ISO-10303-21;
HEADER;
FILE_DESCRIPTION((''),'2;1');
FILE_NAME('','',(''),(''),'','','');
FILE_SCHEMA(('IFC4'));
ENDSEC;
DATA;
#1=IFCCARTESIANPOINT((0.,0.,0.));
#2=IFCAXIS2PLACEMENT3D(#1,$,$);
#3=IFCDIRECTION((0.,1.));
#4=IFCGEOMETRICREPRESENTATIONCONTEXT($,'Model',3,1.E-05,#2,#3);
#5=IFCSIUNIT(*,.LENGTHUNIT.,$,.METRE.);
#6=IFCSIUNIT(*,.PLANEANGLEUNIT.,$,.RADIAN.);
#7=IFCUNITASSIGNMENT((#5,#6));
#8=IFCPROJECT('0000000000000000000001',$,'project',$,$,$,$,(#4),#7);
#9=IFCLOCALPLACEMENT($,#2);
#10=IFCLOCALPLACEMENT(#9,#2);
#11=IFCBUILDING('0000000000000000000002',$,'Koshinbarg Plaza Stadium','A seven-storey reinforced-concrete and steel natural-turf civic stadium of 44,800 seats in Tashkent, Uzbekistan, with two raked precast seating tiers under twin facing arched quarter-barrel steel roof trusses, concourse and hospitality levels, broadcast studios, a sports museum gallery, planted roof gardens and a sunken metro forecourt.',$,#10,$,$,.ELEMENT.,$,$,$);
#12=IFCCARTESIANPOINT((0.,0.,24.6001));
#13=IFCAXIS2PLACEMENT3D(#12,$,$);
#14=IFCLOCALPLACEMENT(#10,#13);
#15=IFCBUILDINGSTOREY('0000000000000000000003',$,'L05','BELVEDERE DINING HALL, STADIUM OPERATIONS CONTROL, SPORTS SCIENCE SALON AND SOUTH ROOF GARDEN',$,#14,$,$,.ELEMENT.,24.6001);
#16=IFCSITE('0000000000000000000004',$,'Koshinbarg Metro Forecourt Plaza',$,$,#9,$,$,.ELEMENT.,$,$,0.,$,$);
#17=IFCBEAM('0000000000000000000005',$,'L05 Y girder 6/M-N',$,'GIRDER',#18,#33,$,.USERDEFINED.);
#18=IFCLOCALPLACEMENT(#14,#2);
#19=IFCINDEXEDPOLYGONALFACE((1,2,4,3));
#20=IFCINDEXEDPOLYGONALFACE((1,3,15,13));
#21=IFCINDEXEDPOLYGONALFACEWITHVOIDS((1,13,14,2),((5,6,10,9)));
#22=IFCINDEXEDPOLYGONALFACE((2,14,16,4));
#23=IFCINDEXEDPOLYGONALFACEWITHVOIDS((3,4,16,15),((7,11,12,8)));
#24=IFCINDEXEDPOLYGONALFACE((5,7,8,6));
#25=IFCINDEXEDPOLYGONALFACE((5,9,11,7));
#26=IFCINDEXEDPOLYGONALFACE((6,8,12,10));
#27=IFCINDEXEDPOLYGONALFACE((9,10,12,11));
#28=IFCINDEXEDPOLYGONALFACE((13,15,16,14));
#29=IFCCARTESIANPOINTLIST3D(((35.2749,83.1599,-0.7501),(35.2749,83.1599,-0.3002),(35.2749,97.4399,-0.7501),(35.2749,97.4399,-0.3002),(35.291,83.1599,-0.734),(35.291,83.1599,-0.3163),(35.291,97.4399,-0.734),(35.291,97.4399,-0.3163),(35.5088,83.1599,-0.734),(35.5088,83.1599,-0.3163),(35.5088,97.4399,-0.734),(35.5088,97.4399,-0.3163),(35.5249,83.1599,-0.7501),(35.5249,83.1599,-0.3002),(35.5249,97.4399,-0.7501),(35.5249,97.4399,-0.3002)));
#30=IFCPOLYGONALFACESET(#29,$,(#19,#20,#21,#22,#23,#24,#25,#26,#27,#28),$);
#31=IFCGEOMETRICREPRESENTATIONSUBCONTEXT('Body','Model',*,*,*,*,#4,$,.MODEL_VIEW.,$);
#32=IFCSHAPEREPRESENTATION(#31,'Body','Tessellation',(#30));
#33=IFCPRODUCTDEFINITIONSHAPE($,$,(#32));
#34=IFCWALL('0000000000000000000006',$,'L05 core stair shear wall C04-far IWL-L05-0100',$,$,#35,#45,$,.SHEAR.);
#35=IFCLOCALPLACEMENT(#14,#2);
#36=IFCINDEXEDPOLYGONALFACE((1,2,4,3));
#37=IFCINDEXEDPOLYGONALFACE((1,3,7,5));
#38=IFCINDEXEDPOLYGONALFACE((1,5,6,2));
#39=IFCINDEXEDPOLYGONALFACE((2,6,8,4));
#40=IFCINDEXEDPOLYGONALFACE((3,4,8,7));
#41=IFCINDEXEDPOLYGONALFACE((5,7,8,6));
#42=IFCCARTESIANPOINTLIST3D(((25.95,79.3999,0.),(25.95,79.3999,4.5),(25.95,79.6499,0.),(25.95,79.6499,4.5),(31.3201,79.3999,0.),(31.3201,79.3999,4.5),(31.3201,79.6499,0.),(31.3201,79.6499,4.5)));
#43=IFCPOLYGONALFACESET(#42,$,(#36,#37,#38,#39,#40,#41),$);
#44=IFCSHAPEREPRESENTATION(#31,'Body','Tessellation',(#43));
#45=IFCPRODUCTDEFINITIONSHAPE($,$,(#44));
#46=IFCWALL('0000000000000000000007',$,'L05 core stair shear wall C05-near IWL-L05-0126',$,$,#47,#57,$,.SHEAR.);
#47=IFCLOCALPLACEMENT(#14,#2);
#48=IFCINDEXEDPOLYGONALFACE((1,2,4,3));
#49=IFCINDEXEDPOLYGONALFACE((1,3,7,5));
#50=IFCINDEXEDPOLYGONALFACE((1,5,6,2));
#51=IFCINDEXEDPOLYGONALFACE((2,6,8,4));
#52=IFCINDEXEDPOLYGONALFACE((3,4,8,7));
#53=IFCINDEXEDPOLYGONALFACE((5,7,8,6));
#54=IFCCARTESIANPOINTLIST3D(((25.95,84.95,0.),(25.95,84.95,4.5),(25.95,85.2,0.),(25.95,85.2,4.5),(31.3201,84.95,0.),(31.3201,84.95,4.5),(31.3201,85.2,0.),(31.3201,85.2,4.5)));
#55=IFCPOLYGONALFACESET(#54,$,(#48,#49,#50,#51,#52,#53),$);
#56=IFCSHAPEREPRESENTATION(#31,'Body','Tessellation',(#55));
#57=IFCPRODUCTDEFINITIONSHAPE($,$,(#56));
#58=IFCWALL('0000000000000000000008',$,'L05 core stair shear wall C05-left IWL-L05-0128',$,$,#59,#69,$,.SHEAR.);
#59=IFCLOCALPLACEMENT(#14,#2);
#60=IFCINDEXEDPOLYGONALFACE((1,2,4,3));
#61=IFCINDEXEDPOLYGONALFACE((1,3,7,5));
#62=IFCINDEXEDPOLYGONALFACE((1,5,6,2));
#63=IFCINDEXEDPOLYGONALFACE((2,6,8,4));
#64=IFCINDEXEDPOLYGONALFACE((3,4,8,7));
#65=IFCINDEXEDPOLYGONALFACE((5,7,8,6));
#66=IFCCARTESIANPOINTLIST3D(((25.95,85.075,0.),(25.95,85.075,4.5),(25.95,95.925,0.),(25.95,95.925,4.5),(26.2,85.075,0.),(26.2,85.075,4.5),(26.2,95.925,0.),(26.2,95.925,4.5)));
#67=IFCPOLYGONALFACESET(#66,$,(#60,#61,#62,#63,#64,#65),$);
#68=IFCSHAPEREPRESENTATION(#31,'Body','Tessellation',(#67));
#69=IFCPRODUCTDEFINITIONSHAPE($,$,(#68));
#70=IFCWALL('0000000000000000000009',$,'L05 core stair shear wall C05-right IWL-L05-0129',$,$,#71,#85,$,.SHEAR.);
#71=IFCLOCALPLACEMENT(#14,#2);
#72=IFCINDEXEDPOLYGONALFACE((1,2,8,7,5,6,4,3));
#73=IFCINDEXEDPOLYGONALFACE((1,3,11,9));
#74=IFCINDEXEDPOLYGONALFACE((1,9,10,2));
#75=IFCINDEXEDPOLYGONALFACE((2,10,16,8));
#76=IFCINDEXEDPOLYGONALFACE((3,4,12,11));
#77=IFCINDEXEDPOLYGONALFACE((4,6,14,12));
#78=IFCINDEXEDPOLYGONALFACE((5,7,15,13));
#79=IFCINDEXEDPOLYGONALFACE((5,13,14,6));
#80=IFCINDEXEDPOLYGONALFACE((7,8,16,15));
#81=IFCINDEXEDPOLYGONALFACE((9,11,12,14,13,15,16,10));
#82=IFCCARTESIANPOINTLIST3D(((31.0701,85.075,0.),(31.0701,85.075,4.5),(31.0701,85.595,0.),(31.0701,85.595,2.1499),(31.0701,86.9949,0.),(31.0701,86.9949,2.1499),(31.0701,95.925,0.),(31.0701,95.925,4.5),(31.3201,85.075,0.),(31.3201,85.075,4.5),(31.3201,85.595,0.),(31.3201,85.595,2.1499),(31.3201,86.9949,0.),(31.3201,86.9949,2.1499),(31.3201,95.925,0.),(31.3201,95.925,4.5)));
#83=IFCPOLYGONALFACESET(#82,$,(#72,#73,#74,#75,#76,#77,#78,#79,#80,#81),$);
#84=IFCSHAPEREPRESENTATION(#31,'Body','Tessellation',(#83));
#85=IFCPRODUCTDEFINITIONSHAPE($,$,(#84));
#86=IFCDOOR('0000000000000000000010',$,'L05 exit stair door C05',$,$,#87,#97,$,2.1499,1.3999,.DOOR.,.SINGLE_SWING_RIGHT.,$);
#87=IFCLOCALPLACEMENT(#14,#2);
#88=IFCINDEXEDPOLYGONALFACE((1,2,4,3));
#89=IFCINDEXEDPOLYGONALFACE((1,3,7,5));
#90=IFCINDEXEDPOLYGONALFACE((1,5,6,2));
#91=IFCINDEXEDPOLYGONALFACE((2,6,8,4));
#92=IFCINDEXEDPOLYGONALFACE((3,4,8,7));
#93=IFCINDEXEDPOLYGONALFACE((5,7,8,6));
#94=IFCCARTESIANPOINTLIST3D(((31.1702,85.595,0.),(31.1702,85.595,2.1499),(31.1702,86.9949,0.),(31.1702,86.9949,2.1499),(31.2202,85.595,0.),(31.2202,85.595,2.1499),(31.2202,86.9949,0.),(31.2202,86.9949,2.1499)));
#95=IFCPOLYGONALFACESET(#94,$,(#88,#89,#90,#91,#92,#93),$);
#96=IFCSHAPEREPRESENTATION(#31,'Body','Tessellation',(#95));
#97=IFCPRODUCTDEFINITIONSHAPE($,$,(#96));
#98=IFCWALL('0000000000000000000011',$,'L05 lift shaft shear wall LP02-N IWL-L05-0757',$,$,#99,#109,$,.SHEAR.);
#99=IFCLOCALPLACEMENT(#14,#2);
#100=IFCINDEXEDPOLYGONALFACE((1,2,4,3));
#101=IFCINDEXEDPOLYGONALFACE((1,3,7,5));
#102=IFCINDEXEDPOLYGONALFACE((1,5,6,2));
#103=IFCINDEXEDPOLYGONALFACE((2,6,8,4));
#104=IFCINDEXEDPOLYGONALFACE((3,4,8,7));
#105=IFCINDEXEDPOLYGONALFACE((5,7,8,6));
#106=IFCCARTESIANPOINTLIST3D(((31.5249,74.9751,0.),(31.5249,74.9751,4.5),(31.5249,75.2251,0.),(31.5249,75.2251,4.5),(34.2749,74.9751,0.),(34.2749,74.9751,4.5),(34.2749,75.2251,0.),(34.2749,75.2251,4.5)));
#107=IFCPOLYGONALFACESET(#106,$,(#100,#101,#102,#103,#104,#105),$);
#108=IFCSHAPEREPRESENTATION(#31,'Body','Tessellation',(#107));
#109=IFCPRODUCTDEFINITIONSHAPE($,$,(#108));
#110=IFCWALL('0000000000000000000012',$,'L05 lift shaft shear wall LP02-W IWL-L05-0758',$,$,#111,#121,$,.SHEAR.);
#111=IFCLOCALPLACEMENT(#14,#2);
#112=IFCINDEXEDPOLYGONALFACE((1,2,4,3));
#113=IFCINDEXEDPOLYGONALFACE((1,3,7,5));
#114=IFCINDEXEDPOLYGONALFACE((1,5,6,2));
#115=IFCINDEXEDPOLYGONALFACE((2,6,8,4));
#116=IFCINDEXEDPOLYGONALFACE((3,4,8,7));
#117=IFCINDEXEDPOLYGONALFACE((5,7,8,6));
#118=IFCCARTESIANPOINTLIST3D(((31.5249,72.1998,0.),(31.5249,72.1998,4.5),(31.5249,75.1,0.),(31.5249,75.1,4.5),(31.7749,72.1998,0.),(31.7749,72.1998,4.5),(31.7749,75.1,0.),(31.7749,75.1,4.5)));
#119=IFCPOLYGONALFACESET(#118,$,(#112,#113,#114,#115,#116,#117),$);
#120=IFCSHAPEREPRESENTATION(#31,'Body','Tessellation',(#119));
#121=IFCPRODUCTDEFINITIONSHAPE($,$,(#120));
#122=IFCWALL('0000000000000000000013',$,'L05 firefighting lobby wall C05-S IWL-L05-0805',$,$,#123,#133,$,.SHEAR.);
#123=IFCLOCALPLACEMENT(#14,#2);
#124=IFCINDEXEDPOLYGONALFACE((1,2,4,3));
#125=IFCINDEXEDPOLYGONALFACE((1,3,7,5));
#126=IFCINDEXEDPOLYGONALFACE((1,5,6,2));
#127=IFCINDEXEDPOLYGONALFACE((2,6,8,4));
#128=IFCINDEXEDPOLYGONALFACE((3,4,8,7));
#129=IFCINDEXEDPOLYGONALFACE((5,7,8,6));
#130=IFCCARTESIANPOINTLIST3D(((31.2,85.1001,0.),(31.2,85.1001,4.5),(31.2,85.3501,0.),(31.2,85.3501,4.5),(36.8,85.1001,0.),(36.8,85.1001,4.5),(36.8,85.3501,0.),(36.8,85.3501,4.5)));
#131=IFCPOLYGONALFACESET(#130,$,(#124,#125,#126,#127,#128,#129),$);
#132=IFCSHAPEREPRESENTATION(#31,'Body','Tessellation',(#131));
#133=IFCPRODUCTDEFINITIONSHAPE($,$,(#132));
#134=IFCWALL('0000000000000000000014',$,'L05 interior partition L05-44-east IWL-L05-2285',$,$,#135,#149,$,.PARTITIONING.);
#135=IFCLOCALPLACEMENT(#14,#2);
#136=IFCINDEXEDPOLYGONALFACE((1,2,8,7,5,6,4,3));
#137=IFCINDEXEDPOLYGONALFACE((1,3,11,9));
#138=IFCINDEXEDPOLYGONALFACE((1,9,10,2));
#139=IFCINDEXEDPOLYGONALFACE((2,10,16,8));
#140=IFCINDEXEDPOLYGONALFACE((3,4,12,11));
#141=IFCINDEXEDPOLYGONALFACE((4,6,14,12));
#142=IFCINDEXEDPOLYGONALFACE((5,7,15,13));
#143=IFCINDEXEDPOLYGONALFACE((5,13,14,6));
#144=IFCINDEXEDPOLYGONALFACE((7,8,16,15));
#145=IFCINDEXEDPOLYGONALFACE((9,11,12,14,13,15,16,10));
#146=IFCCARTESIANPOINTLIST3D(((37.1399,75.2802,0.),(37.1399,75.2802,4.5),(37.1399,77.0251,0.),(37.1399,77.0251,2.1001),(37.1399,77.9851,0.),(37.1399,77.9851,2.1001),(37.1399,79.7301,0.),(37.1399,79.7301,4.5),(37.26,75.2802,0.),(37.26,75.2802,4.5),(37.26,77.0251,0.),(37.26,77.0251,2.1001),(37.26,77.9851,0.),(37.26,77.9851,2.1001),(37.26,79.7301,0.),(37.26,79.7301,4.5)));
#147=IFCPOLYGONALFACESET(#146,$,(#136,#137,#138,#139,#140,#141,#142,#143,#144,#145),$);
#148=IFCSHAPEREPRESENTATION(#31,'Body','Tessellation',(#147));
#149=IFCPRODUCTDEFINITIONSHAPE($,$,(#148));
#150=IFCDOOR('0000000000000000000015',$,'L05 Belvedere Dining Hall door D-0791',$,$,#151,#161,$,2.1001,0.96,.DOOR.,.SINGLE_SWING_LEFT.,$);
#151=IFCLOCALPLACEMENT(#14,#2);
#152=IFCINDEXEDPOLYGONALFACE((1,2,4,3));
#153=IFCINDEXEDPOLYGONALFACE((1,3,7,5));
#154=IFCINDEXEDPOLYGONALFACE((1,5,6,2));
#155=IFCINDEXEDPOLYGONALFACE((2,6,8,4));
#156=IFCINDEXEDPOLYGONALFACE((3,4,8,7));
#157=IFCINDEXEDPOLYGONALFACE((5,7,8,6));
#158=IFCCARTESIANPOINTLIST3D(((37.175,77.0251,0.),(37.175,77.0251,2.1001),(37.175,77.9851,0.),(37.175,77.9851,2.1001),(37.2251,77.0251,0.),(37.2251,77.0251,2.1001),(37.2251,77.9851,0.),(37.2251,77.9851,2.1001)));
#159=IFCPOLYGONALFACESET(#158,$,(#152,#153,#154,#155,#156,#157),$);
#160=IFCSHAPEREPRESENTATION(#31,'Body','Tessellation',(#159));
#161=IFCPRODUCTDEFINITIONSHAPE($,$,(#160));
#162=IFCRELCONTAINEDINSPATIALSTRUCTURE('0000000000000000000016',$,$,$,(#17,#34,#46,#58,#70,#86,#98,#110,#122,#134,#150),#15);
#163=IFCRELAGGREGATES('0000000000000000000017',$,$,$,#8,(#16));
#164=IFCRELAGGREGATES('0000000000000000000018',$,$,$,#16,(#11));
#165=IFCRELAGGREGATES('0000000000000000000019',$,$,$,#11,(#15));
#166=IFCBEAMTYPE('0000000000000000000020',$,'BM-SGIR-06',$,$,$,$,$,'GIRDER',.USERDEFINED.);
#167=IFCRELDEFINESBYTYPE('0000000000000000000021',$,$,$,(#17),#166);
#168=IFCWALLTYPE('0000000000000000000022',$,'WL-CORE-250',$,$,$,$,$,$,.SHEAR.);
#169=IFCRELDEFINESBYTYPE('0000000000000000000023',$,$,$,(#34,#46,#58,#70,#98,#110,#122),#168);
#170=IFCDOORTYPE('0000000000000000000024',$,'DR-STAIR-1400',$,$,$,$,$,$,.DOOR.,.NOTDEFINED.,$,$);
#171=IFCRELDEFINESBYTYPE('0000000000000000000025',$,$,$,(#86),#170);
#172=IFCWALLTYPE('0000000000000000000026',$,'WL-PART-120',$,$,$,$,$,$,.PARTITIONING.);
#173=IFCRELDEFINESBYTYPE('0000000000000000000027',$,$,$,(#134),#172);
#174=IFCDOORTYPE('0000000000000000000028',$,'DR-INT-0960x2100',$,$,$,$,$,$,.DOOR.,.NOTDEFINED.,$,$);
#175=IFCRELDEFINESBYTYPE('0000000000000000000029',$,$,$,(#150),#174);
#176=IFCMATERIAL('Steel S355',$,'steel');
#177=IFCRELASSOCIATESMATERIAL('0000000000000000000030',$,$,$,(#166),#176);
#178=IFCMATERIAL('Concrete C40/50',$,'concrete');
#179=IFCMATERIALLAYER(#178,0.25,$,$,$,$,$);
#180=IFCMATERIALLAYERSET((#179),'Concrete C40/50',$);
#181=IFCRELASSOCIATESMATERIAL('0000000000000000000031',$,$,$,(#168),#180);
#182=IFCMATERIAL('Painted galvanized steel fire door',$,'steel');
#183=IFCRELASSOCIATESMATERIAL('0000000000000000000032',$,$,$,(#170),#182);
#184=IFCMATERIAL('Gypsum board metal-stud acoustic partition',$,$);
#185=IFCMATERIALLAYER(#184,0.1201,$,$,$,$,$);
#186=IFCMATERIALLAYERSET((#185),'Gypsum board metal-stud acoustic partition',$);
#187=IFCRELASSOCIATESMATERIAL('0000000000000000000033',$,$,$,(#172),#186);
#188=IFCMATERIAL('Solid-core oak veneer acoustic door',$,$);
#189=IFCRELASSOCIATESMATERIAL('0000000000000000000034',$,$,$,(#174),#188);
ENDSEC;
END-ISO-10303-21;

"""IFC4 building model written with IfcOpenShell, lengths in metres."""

from ifc_helpers import new_model, si_unit, direction, frame, frame_2d, origin, origin_2d, place, context, subcontext, project, spatial, rectangle, hollow_rectangle, extrude, material, layer, layer_set, material_profile, profile_set, type_object, element, fill, save


model = new_model("IFC4")

# Units and contexts
model_context = context("Model", 3, precision=1e-05, world=origin(), true_north=direction((0.0, 1.0)))
body_context = subcontext(model_context, "Body", "Model", "MODEL_VIEW")
ifc_project = project(units=[si_unit("LENGTHUNIT", "METRE"), si_unit("PLANEANGLEUNIT", "RADIAN")], contexts=[model_context])

# Site, building, storey
site_placement = place(None, origin())
site = spatial("IfcSite", under=ifc_project, at=site_placement, Name="Koshinbarg Metro Forecourt Plaza", CompositionType="ELEMENT", RefElevation=0.0)
building_placement = place(site_placement, origin())
building = spatial("IfcBuilding", under=site, at=building_placement, Name="Koshinbarg Plaza Stadium", Description="A seven-storey reinforced-concrete and steel natural-turf civic stadium of 44,800 seats in Tashkent, Uzbekistan, with two raked precast seating tiers under twin facing arched quarter-barrel steel roof trusses, concourse and hospitality levels, broadcast studios, a sports museum gallery, planted roof gardens and a sunken metro forecourt.", CompositionType="ELEMENT")
storey_placement = place(building_placement, frame((0.0, 0.0, 24.6001)))
storey = spatial("IfcBuildingStorey", under=building, at=storey_placement, Name="L05", Description="BELVEDERE DINING HALL, STADIUM OPERATIONS CONTROL, SPORTS SCIENCE SALON AND SOUTH ROOF GARDEN", CompositionType="ELEMENT", Elevation=24.6001)

# Shared definitions
ifc_material_1 = material(Name="Steel S355", Category="steel")

# Beam
ifc_material_profile_1 = material_profile(ifc_material_1, hollow_rectangle(XDim=0.25, YDim=0.45, WallThickness=0.0161, at=origin_2d()), Name="RHS 450x250x16")
ifc_profile_set_1 = profile_set([ifc_material_profile_1], Name="Steel S355")
beam_type_1 = type_object("IfcBeamType", Name="BM-SGIR-06", ElementType="GIRDER", PredefinedType="USERDEFINED", material=ifc_profile_set_1)
beam_1_placement = place(storey_placement, frame((35.3999, 83.1599, -0.5251), z_axis=(0.0, 1.0, 0.0), x_axis=(-1.0, 0.0, 0.0)))
element("IfcBeam", 1, at=beam_1_placement, inside=storey, type_object=beam_type_1, Name="L05 Y girder 6/M-N", ObjectType="GIRDER", PredefinedType="USERDEFINED", context=body_context, shape_type="SweptSolid", body=[
    extrude(hollow_rectangle(XDim=0.25, YDim=0.45, WallThickness=0.0161, at=origin_2d()), origin(), (0.0, 0.0, 1.0), 14.28),
])

# Walls
ifc_material_2 = material(Name="Concrete C40/50", Category="concrete")
ifc_layer_1 = layer(ifc_material_2, 0.25)
ifc_layer_set_1 = layer_set([ifc_layer_1], Name="Concrete C40/50")
wall_type_1 = type_object("IfcWallType", Name="WL-CORE-250", PredefinedType="SHEAR", material=ifc_layer_set_1)
for number, where, z_axis, x_axis, name in (
    (2, (31.3201, 79.5249, 0.0), (0.0, 0.0, 1.0), (-1.0, 0.0, 0.0), "L05 core stair shear wall C04-far IWL-L05-0100"),
    (3, (25.95, 85.075, 0.0), (0.0, 0.0, 1.0), (1.0, 0.0, 0.0), "L05 core stair shear wall C05-near IWL-L05-0126"),
):
    element("IfcWall", number, at=place(storey_placement, frame(where, z_axis=z_axis, x_axis=x_axis)), inside=storey, type_object=wall_type_1, Name=name, PredefinedType="SHEAR", context=body_context, shape_type="SweptSolid", body=[
        extrude(rectangle(XDim=5.3701, YDim=0.25, at=frame_2d((2.6851, 0.0))), origin(), (0.0, 0.0, 1.0), 4.5),
    ])
wall_1_placement = place(storey_placement, frame((26.075, 85.075, 0.0), z_axis=(0.0, 0.0, 1.0), x_axis=(0.0, 1.0, 0.0)))
element("IfcWall", 4, at=wall_1_placement, inside=storey, type_object=wall_type_1, Name="L05 core stair shear wall C05-left IWL-L05-0128", PredefinedType="SHEAR", context=body_context, shape_type="SweptSolid", body=[
    extrude(rectangle(XDim=10.8501, YDim=0.25, at=frame_2d((5.425, 0.0))), origin(), (0.0, 0.0, 1.0), 4.5),
])

# Wall, opening, door
wall_2_placement = place(storey_placement, frame((31.1951, 85.075, 0.0), z_axis=(0.0, 0.0, 1.0), x_axis=(0.0, 1.0, 0.0)))
wall_2 = element("IfcWall", 5, at=wall_2_placement, inside=storey, type_object=wall_type_1, Name="L05 core stair shear wall C05-right IWL-L05-0129", PredefinedType="SHEAR", context=body_context, shape_type="SweptSolid", body=[
    extrude(rectangle(XDim=10.8501, YDim=0.25, at=frame_2d((5.425, 0.0))), origin(), (0.0, 0.0, 1.0), 4.5),
])
opening_1_placement = place(wall_2_placement, frame((0.52, 0.0, 0.0)))
opening_1 = element("IfcOpeningElement", 6, at=opening_1_placement, cuts=wall_2, PredefinedType="OPENING", context=body_context, shape_type="SweptSolid", body=[
    extrude(rectangle(XDim=1.3999, YDim=2.1499, at=frame_2d((0.7, 1.075))), frame((0.0, 0.135, 0.0), z_axis=(0.0, -1.0, 0.0), x_axis=(1.0, 0.0, 0.0)), (0.0, 0.0, 1.0), 0.27),
])
ifc_material_3 = material(Name="Painted galvanized steel fire door", Category="steel")
door_type_1 = type_object("IfcDoorType", Name="DR-STAIR-1400", OperationType="NOTDEFINED", PredefinedType="DOOR", material=ifc_material_3)
door_1_placement = place(opening_1_placement, origin())
door_1 = element("IfcDoor", 7, at=door_1_placement, inside=storey, type_object=door_type_1, Name="L05 exit stair door C05", OperationType="SINGLE_SWING_RIGHT", OverallHeight=2.1499, OverallWidth=1.3999, PredefinedType="DOOR", context=body_context, shape_type="SweptSolid", body=[
    extrude(rectangle(XDim=1.3999, YDim=2.1499, at=frame_2d((0.7, 1.075))), frame((0.0, 0.0249, 0.0), z_axis=(0.0, -1.0, 0.0), x_axis=(1.0, 0.0, 0.0)), (0.0, 0.0, 1.0), 0.05),
])
fill(opening_1, door_1)

# Walls
wall_3_placement = place(storey_placement, frame((34.2749, 75.1001, 0.0), z_axis=(0.0, 0.0, 1.0), x_axis=(-1.0, 0.0, 0.0)))
element("IfcWall", 8, at=wall_3_placement, inside=storey, type_object=wall_type_1, Name="L05 lift shaft shear wall LP02-N IWL-L05-0757", PredefinedType="SHEAR", context=body_context, shape_type="SweptSolid", body=[
    extrude(rectangle(XDim=2.75, YDim=0.25, at=frame_2d((1.375, 0.0))), origin(), (0.0, 0.0, 1.0), 4.5),
])
wall_4_placement = place(storey_placement, frame((31.6499, 75.1001, 0.0), z_axis=(0.0, 0.0, 1.0), x_axis=(0.0, -1.0, 0.0)))
element("IfcWall", 9, at=wall_4_placement, inside=storey, type_object=wall_type_1, Name="L05 lift shaft shear wall LP02-W IWL-L05-0758", PredefinedType="SHEAR", context=body_context, shape_type="SweptSolid", body=[
    extrude(rectangle(XDim=2.9001, YDim=0.25, at=frame_2d((1.4502, 0.0))), origin(), (0.0, 0.0, 1.0), 4.5),
])

# Wall
wall_5_placement = place(storey_placement, frame((31.2, 85.2251, 0.0), z_axis=(0.0, 0.0, 1.0), x_axis=(1.0, 0.0, 0.0)))
element("IfcWall", 10, at=wall_5_placement, inside=storey, type_object=wall_type_1, Name="L05 firefighting lobby wall C05-S IWL-L05-0805", PredefinedType="SHEAR", context=body_context, shape_type="SweptSolid", body=[
    extrude(rectangle(XDim=5.6001, YDim=0.25, at=frame_2d((2.8, 0.0))), origin(), (0.0, 0.0, 1.0), 4.5),
])

# Wall, opening, door
ifc_material_4 = material(Name="Gypsum board metal-stud acoustic partition")
ifc_layer_2 = layer(ifc_material_4, 0.1201)
ifc_layer_set_2 = layer_set([ifc_layer_2], Name="Gypsum board metal-stud acoustic partition")
wall_type_2 = type_object("IfcWallType", Name="WL-PART-120", PredefinedType="PARTITIONING", material=ifc_layer_set_2)
wall_6_placement = place(storey_placement, frame((37.2, 75.28, 0.0), z_axis=(0.0, 0.0, 1.0), x_axis=(0.0, 1.0, 0.0)))
wall_6 = element("IfcWall", 11, at=wall_6_placement, inside=storey, type_object=wall_type_2, Name="L05 interior partition L05-44-east IWL-L05-2285", PredefinedType="PARTITIONING", context=body_context, shape_type="SweptSolid", body=[
    extrude(rectangle(XDim=4.45, YDim=0.1201, at=frame_2d((2.2251, 0.0))), origin(), (0.0, 0.0, 1.0), 4.5),
])
opening_2_placement = place(wall_6_placement, frame((1.7451, 0.0, 0.0)))
opening_2 = element("IfcOpeningElement", 12, at=opening_2_placement, cuts=wall_6, PredefinedType="OPENING", context=body_context, shape_type="SweptSolid", body=[
    extrude(rectangle(XDim=0.96, YDim=2.1001, at=frame_2d((0.48, 1.05))), frame((0.0, 0.0701, 0.0), z_axis=(0.0, -1.0, 0.0), x_axis=(1.0, 0.0, 0.0)), (0.0, 0.0, 1.0), 0.1401),
])
ifc_material_5 = material(Name="Solid-core oak veneer acoustic door")
door_type_2 = type_object("IfcDoorType", Name="DR-INT-0960x2100", OperationType="NOTDEFINED", PredefinedType="DOOR", material=ifc_material_5)
door_2_placement = place(opening_2_placement, origin())
door_2 = element("IfcDoor", 13, at=door_2_placement, inside=storey, type_object=door_type_2, Name="L05 Belvedere Dining Hall door D-0791", OperationType="SINGLE_SWING_LEFT", OverallHeight=2.1001, OverallWidth=0.96, PredefinedType="DOOR", context=body_context, shape_type="SweptSolid", body=[
    extrude(rectangle(XDim=0.96, YDim=2.1001, at=frame_2d((0.48, 1.05))), frame((0.0, 0.0249, 0.0), z_axis=(0.0, -1.0, 0.0), x_axis=(1.0, 0.0, 0.0)), (0.0, 0.0, 1.0), 0.05),
])
fill(opening_2, door_2)

save(model, "model.ifc")
